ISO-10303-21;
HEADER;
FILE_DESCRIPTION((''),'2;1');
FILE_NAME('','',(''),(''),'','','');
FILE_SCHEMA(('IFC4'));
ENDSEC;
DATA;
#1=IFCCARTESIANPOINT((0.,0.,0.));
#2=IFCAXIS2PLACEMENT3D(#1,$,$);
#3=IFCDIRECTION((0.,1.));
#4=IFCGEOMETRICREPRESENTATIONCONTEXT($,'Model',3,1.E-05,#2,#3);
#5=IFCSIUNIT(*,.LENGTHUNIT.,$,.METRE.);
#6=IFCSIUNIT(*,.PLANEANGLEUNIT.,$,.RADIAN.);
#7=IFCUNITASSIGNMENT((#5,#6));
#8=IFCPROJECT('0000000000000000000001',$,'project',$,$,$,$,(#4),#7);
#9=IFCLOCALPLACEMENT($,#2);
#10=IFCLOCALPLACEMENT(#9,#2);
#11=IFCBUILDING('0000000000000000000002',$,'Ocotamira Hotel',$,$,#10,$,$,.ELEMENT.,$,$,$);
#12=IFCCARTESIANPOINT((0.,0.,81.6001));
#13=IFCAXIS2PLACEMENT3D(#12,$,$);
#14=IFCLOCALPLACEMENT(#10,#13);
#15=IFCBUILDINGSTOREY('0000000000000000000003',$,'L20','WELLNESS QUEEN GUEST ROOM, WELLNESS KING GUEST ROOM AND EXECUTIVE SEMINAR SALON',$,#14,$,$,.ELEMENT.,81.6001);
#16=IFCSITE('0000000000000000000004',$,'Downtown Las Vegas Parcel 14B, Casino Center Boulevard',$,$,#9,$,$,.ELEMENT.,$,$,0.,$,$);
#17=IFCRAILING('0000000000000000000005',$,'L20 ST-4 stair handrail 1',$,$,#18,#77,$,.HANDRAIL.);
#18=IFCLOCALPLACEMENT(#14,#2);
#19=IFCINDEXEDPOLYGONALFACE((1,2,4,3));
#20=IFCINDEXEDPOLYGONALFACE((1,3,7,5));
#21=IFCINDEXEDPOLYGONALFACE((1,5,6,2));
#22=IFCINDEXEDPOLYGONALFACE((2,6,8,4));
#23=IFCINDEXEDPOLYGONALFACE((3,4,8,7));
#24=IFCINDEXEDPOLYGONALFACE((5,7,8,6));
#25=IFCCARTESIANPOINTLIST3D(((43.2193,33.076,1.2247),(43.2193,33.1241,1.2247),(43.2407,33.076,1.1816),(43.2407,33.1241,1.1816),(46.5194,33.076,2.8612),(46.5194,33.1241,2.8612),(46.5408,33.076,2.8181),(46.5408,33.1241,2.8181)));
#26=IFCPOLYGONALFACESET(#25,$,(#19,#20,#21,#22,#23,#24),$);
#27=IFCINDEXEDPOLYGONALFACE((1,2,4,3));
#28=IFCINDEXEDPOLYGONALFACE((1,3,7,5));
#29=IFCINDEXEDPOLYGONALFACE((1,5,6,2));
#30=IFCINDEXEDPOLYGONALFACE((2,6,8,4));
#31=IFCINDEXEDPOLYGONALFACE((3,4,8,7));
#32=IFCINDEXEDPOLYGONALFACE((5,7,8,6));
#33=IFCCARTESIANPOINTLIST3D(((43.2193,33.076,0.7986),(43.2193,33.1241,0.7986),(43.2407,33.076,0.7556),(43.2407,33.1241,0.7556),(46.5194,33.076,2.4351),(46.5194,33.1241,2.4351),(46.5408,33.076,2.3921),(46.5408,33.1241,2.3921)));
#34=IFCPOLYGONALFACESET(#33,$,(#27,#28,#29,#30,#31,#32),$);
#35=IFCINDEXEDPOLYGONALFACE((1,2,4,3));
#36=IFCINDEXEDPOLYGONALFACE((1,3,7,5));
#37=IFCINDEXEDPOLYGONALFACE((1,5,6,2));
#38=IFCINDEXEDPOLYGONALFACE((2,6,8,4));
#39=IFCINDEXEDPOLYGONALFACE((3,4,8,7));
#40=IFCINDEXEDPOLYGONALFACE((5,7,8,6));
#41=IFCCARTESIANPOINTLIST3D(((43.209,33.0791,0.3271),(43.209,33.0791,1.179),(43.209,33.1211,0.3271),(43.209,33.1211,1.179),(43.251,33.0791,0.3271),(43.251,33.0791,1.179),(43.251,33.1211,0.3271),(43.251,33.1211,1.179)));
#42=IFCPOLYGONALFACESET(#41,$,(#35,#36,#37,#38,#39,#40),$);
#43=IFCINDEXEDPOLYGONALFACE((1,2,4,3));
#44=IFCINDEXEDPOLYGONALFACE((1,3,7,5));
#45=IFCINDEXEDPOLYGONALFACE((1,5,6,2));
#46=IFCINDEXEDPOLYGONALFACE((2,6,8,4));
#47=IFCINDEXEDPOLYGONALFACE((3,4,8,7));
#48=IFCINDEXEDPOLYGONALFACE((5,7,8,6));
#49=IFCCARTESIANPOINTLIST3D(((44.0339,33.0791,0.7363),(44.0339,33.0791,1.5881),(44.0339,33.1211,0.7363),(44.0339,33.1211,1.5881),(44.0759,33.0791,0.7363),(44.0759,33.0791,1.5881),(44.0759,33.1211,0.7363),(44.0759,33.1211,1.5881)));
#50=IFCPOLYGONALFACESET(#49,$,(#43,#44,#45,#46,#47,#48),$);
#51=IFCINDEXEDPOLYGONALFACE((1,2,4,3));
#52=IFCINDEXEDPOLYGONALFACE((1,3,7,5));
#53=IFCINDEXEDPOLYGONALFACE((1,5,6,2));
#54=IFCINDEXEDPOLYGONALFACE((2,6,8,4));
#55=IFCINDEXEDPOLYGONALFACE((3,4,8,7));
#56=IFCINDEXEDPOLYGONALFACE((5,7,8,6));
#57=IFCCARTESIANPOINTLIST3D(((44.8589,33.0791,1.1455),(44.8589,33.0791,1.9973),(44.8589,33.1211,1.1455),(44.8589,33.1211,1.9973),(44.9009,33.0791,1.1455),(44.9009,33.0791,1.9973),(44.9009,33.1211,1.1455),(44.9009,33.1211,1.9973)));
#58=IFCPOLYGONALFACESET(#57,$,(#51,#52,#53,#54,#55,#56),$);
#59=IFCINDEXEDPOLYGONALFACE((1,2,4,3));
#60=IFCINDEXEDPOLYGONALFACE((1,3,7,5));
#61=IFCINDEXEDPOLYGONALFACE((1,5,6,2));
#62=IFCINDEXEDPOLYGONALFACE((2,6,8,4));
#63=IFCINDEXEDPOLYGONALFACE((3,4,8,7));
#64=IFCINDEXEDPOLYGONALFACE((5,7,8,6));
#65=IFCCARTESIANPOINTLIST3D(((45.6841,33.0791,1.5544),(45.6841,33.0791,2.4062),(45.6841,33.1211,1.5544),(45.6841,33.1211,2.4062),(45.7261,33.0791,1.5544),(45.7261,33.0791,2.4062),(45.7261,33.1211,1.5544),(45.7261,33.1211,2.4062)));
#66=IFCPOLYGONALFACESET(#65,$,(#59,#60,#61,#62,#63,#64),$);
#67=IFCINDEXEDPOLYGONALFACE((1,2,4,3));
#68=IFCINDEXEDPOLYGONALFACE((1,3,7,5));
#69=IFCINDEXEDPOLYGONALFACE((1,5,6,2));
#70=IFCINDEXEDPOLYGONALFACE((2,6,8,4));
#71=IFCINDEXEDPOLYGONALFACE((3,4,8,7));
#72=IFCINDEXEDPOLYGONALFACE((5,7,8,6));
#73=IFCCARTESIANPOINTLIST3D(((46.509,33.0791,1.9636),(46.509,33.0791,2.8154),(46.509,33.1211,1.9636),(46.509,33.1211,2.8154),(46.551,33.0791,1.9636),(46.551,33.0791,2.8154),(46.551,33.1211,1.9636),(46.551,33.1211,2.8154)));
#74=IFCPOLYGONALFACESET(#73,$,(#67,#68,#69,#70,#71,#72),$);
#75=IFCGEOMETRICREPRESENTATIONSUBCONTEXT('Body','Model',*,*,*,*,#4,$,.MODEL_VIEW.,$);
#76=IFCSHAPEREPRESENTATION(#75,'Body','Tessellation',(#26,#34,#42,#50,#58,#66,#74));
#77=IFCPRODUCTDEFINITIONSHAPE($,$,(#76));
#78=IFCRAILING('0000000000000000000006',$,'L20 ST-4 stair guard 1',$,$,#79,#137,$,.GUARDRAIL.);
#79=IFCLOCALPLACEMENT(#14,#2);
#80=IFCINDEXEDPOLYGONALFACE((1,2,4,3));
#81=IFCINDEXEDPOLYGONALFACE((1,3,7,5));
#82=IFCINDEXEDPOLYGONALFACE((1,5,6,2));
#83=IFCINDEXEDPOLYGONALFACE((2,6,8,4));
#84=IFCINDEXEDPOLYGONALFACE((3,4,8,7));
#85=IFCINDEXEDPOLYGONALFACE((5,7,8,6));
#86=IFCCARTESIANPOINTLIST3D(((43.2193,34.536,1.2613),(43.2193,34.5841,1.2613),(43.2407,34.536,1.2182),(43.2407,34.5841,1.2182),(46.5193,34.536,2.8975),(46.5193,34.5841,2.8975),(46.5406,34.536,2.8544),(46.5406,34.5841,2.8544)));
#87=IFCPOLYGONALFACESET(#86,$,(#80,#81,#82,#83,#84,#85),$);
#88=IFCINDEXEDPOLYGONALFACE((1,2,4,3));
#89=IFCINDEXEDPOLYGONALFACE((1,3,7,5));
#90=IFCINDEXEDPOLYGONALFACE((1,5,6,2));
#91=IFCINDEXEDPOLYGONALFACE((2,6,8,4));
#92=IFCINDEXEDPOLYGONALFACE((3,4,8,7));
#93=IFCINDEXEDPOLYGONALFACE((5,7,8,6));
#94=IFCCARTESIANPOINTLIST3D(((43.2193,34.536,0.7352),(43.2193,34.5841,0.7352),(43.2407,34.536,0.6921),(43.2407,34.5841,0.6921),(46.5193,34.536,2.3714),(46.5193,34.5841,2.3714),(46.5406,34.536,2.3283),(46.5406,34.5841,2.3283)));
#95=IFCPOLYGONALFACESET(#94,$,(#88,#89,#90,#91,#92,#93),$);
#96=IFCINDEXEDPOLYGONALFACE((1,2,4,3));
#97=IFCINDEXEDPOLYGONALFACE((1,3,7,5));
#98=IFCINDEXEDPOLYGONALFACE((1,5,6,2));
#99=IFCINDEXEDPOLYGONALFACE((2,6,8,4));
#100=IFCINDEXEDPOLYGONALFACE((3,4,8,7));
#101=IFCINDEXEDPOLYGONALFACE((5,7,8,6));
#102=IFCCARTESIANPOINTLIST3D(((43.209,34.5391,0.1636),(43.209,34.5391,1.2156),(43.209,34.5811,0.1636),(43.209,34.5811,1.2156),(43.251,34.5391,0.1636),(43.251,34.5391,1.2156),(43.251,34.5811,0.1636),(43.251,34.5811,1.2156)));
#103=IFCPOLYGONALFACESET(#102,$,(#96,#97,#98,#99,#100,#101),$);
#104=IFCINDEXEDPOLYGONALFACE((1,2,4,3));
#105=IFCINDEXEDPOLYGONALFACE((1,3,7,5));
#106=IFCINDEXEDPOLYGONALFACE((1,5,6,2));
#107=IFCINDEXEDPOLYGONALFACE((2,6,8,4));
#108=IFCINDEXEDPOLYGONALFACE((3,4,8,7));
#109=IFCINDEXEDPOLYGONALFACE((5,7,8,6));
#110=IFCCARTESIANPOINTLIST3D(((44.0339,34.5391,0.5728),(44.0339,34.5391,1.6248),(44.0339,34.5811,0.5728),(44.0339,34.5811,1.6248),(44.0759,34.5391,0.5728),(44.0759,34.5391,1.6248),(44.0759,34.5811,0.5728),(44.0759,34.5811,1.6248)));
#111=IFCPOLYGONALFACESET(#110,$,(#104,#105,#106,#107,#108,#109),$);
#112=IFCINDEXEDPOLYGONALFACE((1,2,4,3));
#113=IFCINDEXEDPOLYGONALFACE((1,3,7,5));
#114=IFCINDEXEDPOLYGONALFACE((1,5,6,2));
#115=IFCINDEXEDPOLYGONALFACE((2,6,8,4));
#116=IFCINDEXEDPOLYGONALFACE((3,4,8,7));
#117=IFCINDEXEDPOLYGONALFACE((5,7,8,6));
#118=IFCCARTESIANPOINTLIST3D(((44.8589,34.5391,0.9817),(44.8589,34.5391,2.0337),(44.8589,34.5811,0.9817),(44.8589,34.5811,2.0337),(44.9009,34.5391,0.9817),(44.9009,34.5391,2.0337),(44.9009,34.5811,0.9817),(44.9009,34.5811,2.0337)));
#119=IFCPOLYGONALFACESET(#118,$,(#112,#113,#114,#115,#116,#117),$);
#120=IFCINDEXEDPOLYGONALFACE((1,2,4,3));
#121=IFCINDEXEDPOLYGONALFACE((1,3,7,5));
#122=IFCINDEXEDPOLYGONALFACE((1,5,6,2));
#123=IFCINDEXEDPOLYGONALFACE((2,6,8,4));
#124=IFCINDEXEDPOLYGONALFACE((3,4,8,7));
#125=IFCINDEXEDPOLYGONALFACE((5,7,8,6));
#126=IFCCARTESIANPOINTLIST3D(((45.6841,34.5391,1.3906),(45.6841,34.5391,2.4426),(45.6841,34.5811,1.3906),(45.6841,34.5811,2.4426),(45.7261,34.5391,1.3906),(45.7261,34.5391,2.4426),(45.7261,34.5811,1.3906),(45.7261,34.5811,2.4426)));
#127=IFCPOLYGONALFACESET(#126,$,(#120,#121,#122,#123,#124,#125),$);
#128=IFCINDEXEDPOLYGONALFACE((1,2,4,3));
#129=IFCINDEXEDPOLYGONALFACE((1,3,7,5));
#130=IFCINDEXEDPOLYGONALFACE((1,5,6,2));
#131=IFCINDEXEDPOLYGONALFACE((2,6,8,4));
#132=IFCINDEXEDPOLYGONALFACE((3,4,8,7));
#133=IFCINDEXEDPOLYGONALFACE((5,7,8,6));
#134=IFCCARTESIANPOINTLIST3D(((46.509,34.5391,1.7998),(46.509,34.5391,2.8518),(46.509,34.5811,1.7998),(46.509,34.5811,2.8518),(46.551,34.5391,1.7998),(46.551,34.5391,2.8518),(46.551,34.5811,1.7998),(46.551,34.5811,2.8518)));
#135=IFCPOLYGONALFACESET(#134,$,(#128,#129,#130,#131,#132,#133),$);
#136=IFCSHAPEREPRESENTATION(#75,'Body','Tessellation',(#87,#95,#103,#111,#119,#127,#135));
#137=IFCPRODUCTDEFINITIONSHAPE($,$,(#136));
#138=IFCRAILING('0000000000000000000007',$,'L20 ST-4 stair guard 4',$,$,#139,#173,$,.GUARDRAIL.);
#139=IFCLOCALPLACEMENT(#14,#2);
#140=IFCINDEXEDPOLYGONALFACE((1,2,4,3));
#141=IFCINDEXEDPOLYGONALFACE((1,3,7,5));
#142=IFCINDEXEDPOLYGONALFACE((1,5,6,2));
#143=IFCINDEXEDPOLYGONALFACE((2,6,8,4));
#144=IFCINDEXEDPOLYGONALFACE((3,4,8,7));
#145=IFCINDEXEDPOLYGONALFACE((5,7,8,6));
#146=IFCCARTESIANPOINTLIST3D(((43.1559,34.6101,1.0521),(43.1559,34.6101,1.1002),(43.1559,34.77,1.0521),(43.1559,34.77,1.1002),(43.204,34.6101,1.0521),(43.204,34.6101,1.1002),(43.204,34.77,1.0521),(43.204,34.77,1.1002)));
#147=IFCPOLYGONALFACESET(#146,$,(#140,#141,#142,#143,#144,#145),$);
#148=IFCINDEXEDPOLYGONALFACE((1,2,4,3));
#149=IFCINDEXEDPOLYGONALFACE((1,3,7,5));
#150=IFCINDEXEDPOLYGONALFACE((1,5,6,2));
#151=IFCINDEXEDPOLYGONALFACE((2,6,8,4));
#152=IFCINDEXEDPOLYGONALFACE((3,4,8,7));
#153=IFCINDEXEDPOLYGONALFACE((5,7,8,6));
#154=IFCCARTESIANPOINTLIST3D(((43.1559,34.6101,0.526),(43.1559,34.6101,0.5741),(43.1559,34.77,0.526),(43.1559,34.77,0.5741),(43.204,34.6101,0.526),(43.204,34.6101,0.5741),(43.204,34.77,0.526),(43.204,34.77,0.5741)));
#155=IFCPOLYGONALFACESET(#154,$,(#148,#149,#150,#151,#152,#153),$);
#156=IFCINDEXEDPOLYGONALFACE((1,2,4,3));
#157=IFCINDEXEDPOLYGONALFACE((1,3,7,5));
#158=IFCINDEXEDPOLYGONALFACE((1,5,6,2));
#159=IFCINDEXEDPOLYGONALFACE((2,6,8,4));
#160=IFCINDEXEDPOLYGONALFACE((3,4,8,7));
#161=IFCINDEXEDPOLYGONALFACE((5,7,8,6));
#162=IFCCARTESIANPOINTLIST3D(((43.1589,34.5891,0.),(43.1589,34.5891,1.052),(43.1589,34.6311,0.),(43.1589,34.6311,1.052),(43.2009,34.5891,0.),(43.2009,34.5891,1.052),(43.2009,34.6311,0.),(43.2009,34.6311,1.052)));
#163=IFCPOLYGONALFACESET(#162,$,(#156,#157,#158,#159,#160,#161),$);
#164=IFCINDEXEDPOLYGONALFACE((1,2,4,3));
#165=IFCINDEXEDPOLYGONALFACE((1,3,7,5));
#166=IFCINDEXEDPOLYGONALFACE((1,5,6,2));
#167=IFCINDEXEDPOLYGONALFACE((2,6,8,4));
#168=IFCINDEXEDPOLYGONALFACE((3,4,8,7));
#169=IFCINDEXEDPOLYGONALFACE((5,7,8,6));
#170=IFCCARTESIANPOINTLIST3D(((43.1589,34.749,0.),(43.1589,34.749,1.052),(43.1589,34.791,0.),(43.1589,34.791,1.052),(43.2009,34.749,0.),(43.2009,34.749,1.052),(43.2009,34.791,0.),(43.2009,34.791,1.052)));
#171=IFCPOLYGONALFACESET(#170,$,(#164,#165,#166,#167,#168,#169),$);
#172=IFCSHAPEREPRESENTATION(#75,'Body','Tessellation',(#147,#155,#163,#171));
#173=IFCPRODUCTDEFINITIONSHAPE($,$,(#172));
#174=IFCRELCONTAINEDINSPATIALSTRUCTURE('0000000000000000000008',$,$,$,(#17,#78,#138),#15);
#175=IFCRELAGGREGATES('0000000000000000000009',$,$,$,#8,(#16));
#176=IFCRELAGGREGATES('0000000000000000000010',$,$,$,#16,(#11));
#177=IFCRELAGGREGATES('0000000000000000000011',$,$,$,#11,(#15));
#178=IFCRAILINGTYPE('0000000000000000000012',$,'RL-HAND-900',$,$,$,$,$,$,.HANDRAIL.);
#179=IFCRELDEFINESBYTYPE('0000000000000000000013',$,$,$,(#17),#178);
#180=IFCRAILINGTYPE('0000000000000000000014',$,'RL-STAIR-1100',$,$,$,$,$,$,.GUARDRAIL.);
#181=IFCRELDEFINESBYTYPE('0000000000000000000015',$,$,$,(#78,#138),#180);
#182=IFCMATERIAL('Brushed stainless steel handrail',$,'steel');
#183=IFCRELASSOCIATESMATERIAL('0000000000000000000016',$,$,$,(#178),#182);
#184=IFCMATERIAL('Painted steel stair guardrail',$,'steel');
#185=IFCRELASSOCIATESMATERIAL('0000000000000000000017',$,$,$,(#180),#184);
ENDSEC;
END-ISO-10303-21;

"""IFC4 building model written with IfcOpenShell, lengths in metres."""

from ifc_helpers import new_model, si_unit, direction, frame, origin, origin_2d, place, context, subcontext, project, spatial, rectangle, extrude, material, type_object, element, save


model = new_model("IFC4")

# Units and contexts
model_context = context("Model", 3, precision=1e-05, world=origin(), true_north=direction((0.0, 1.0)))
body_context = subcontext(model_context, "Body", "Model", "MODEL_VIEW")
ifc_project = project(units=[si_unit("LENGTHUNIT", "METRE"), si_unit("PLANEANGLEUNIT", "RADIAN")], contexts=[model_context])

# Site, building, storey
site_placement = place(None, origin())
site = spatial("IfcSite", under=ifc_project, at=site_placement, Name="Downtown Las Vegas Parcel 14B, Casino Center Boulevard", CompositionType="ELEMENT", RefElevation=0.0)
building_placement = place(site_placement, origin())
building = spatial("IfcBuilding", under=site, at=building_placement, Name="Ocotamira Hotel", CompositionType="ELEMENT")
storey_placement = place(building_placement, frame((0.0, 0.0, 81.6001)))
storey = spatial("IfcBuildingStorey", under=building, at=storey_placement, Name="L20", Description="WELLNESS QUEEN GUEST ROOM, WELLNESS KING GUEST ROOM AND EXECUTIVE SEMINAR SALON", CompositionType="ELEMENT", Elevation=81.6001)

# Railings
ifc_material_1 = material(Name="Painted steel stair guardrail", Category="steel")
ifc_material_2 = material(Name="Brushed stainless steel handrail", Category="steel")
railing_type_1 = type_object("IfcRailingType", Name="RL-HAND-900", PredefinedType="HANDRAIL", material=ifc_material_2)
railing_1_placement = place(storey_placement, frame((43.23, 33.1001, 0.3271)))
element("IfcRailing", 1, at=railing_1_placement, inside=storey, type_object=railing_type_1, Name="L20 ST-4 stair handrail 1", PredefinedType="HANDRAIL", context=body_context, shape_type="SweptSolid", body=[
    extrude(rectangle(XDim=0.0481, YDim=0.0481, at=origin_2d()), frame((0.0, 0.0, 0.876), z_axis=(0.895894, 0.0, 0.444268), x_axis=(0.0, 1.0, 0.0)), (0.0, 0.0, 1.0), 3.6836),
    extrude(rectangle(XDim=0.0481, YDim=0.0481, at=origin_2d()), frame((0.0, 0.0, 0.45), z_axis=(0.895894, 0.0, 0.444268), x_axis=(0.0, 1.0, 0.0)), (0.0, 0.0, 1.0), 3.6836),
    extrude(rectangle(XDim=0.042, YDim=0.042, at=origin_2d()), origin(), (0.0, 0.0, 1.0), 0.8518),
    extrude(rectangle(XDim=0.042, YDim=0.042, at=origin_2d()), frame((0.825, 0.0, 0.4092)), (0.0, 0.0, 1.0), 0.8518),
    extrude(rectangle(XDim=0.042, YDim=0.042, at=origin_2d()), frame((1.6499, 0.0, 0.8184)), (0.0, 0.0, 1.0), 0.8518),
    extrude(rectangle(XDim=0.042, YDim=0.042, at=origin_2d()), frame((2.4751, 0.0, 1.2273)), (0.0, 0.0, 1.0), 0.8518),
    extrude(rectangle(XDim=0.042, YDim=0.042, at=origin_2d()), frame((3.3, 0.0, 1.6365)), (0.0, 0.0, 1.0), 0.8518),
])
railing_type_2 = type_object("IfcRailingType", Name="RL-STAIR-1100", PredefinedType="GUARDRAIL", material=ifc_material_1)
railing_2_placement = place(storey_placement, frame((43.23, 34.5601, 0.1636)))
element("IfcRailing", 2, at=railing_2_placement, inside=storey, type_object=railing_type_2, Name="L20 ST-4 stair guard 1", PredefinedType="GUARDRAIL", context=body_context, shape_type="SweptSolid", body=[
    extrude(rectangle(XDim=0.0481, YDim=0.0481, at=origin_2d()), frame((0.0, 0.0, 1.0762), z_axis=(0.89592, 0.0, 0.444215), x_axis=(0.0, 1.0, 0.0)), (0.0, 0.0, 1.0), 3.6833),
    extrude(rectangle(XDim=0.0481, YDim=0.0481, at=origin_2d()), frame((0.0, 0.0, 0.55), z_axis=(0.89592, 0.0, 0.444215), x_axis=(0.0, 1.0, 0.0)), (0.0, 0.0, 1.0), 3.6833),
    extrude(rectangle(XDim=0.042, YDim=0.042, at=origin_2d()), origin(), (0.0, 0.0, 1.0), 1.052),
    extrude(rectangle(XDim=0.042, YDim=0.042, at=origin_2d()), frame((0.825, 0.0, 0.4092)), (0.0, 0.0, 1.0), 1.052),
    extrude(rectangle(XDim=0.042, YDim=0.042, at=origin_2d()), frame((1.6499, 0.0, 0.8181)), (0.0, 0.0, 1.0), 1.052),
    extrude(rectangle(XDim=0.042, YDim=0.042, at=origin_2d()), frame((2.4751, 0.0, 1.2271)), (0.0, 0.0, 1.0), 1.052),
    extrude(rectangle(XDim=0.042, YDim=0.042, at=origin_2d()), frame((3.3, 0.0, 1.6362)), (0.0, 0.0, 1.0), 1.052),
])
railing_3_placement = place(storey_placement, frame((43.1799, 34.6101, 0.0)))
element("IfcRailing", 3, at=railing_3_placement, inside=storey, type_object=railing_type_2, Name="L20 ST-4 stair guard 4", PredefinedType="GUARDRAIL", context=body_context, shape_type="SweptSolid", body=[
    extrude(rectangle(XDim=0.0481, YDim=0.0481, at=origin_2d()), frame((0.0, 0.0, 1.0762), z_axis=(0.0, 1.0, 0.0), x_axis=(-1.0, 0.0, 0.0)), (0.0, 0.0, 1.0), 0.1599),
    extrude(rectangle(XDim=0.0481, YDim=0.0481, at=origin_2d()), frame((0.0, 0.0, 0.55), z_axis=(0.0, 1.0, 0.0), x_axis=(-1.0, 0.0, 0.0)), (0.0, 0.0, 1.0), 0.1599),
    extrude(rectangle(XDim=0.042, YDim=0.042, at=origin_2d()), origin(), (0.0, 0.0, 1.0), 1.052),
    extrude(rectangle(XDim=0.042, YDim=0.042, at=origin_2d()), frame((0.0, 0.1599, 0.0)), (0.0, 0.0, 1.0), 1.052),
])

save(model, "model.ifc")
